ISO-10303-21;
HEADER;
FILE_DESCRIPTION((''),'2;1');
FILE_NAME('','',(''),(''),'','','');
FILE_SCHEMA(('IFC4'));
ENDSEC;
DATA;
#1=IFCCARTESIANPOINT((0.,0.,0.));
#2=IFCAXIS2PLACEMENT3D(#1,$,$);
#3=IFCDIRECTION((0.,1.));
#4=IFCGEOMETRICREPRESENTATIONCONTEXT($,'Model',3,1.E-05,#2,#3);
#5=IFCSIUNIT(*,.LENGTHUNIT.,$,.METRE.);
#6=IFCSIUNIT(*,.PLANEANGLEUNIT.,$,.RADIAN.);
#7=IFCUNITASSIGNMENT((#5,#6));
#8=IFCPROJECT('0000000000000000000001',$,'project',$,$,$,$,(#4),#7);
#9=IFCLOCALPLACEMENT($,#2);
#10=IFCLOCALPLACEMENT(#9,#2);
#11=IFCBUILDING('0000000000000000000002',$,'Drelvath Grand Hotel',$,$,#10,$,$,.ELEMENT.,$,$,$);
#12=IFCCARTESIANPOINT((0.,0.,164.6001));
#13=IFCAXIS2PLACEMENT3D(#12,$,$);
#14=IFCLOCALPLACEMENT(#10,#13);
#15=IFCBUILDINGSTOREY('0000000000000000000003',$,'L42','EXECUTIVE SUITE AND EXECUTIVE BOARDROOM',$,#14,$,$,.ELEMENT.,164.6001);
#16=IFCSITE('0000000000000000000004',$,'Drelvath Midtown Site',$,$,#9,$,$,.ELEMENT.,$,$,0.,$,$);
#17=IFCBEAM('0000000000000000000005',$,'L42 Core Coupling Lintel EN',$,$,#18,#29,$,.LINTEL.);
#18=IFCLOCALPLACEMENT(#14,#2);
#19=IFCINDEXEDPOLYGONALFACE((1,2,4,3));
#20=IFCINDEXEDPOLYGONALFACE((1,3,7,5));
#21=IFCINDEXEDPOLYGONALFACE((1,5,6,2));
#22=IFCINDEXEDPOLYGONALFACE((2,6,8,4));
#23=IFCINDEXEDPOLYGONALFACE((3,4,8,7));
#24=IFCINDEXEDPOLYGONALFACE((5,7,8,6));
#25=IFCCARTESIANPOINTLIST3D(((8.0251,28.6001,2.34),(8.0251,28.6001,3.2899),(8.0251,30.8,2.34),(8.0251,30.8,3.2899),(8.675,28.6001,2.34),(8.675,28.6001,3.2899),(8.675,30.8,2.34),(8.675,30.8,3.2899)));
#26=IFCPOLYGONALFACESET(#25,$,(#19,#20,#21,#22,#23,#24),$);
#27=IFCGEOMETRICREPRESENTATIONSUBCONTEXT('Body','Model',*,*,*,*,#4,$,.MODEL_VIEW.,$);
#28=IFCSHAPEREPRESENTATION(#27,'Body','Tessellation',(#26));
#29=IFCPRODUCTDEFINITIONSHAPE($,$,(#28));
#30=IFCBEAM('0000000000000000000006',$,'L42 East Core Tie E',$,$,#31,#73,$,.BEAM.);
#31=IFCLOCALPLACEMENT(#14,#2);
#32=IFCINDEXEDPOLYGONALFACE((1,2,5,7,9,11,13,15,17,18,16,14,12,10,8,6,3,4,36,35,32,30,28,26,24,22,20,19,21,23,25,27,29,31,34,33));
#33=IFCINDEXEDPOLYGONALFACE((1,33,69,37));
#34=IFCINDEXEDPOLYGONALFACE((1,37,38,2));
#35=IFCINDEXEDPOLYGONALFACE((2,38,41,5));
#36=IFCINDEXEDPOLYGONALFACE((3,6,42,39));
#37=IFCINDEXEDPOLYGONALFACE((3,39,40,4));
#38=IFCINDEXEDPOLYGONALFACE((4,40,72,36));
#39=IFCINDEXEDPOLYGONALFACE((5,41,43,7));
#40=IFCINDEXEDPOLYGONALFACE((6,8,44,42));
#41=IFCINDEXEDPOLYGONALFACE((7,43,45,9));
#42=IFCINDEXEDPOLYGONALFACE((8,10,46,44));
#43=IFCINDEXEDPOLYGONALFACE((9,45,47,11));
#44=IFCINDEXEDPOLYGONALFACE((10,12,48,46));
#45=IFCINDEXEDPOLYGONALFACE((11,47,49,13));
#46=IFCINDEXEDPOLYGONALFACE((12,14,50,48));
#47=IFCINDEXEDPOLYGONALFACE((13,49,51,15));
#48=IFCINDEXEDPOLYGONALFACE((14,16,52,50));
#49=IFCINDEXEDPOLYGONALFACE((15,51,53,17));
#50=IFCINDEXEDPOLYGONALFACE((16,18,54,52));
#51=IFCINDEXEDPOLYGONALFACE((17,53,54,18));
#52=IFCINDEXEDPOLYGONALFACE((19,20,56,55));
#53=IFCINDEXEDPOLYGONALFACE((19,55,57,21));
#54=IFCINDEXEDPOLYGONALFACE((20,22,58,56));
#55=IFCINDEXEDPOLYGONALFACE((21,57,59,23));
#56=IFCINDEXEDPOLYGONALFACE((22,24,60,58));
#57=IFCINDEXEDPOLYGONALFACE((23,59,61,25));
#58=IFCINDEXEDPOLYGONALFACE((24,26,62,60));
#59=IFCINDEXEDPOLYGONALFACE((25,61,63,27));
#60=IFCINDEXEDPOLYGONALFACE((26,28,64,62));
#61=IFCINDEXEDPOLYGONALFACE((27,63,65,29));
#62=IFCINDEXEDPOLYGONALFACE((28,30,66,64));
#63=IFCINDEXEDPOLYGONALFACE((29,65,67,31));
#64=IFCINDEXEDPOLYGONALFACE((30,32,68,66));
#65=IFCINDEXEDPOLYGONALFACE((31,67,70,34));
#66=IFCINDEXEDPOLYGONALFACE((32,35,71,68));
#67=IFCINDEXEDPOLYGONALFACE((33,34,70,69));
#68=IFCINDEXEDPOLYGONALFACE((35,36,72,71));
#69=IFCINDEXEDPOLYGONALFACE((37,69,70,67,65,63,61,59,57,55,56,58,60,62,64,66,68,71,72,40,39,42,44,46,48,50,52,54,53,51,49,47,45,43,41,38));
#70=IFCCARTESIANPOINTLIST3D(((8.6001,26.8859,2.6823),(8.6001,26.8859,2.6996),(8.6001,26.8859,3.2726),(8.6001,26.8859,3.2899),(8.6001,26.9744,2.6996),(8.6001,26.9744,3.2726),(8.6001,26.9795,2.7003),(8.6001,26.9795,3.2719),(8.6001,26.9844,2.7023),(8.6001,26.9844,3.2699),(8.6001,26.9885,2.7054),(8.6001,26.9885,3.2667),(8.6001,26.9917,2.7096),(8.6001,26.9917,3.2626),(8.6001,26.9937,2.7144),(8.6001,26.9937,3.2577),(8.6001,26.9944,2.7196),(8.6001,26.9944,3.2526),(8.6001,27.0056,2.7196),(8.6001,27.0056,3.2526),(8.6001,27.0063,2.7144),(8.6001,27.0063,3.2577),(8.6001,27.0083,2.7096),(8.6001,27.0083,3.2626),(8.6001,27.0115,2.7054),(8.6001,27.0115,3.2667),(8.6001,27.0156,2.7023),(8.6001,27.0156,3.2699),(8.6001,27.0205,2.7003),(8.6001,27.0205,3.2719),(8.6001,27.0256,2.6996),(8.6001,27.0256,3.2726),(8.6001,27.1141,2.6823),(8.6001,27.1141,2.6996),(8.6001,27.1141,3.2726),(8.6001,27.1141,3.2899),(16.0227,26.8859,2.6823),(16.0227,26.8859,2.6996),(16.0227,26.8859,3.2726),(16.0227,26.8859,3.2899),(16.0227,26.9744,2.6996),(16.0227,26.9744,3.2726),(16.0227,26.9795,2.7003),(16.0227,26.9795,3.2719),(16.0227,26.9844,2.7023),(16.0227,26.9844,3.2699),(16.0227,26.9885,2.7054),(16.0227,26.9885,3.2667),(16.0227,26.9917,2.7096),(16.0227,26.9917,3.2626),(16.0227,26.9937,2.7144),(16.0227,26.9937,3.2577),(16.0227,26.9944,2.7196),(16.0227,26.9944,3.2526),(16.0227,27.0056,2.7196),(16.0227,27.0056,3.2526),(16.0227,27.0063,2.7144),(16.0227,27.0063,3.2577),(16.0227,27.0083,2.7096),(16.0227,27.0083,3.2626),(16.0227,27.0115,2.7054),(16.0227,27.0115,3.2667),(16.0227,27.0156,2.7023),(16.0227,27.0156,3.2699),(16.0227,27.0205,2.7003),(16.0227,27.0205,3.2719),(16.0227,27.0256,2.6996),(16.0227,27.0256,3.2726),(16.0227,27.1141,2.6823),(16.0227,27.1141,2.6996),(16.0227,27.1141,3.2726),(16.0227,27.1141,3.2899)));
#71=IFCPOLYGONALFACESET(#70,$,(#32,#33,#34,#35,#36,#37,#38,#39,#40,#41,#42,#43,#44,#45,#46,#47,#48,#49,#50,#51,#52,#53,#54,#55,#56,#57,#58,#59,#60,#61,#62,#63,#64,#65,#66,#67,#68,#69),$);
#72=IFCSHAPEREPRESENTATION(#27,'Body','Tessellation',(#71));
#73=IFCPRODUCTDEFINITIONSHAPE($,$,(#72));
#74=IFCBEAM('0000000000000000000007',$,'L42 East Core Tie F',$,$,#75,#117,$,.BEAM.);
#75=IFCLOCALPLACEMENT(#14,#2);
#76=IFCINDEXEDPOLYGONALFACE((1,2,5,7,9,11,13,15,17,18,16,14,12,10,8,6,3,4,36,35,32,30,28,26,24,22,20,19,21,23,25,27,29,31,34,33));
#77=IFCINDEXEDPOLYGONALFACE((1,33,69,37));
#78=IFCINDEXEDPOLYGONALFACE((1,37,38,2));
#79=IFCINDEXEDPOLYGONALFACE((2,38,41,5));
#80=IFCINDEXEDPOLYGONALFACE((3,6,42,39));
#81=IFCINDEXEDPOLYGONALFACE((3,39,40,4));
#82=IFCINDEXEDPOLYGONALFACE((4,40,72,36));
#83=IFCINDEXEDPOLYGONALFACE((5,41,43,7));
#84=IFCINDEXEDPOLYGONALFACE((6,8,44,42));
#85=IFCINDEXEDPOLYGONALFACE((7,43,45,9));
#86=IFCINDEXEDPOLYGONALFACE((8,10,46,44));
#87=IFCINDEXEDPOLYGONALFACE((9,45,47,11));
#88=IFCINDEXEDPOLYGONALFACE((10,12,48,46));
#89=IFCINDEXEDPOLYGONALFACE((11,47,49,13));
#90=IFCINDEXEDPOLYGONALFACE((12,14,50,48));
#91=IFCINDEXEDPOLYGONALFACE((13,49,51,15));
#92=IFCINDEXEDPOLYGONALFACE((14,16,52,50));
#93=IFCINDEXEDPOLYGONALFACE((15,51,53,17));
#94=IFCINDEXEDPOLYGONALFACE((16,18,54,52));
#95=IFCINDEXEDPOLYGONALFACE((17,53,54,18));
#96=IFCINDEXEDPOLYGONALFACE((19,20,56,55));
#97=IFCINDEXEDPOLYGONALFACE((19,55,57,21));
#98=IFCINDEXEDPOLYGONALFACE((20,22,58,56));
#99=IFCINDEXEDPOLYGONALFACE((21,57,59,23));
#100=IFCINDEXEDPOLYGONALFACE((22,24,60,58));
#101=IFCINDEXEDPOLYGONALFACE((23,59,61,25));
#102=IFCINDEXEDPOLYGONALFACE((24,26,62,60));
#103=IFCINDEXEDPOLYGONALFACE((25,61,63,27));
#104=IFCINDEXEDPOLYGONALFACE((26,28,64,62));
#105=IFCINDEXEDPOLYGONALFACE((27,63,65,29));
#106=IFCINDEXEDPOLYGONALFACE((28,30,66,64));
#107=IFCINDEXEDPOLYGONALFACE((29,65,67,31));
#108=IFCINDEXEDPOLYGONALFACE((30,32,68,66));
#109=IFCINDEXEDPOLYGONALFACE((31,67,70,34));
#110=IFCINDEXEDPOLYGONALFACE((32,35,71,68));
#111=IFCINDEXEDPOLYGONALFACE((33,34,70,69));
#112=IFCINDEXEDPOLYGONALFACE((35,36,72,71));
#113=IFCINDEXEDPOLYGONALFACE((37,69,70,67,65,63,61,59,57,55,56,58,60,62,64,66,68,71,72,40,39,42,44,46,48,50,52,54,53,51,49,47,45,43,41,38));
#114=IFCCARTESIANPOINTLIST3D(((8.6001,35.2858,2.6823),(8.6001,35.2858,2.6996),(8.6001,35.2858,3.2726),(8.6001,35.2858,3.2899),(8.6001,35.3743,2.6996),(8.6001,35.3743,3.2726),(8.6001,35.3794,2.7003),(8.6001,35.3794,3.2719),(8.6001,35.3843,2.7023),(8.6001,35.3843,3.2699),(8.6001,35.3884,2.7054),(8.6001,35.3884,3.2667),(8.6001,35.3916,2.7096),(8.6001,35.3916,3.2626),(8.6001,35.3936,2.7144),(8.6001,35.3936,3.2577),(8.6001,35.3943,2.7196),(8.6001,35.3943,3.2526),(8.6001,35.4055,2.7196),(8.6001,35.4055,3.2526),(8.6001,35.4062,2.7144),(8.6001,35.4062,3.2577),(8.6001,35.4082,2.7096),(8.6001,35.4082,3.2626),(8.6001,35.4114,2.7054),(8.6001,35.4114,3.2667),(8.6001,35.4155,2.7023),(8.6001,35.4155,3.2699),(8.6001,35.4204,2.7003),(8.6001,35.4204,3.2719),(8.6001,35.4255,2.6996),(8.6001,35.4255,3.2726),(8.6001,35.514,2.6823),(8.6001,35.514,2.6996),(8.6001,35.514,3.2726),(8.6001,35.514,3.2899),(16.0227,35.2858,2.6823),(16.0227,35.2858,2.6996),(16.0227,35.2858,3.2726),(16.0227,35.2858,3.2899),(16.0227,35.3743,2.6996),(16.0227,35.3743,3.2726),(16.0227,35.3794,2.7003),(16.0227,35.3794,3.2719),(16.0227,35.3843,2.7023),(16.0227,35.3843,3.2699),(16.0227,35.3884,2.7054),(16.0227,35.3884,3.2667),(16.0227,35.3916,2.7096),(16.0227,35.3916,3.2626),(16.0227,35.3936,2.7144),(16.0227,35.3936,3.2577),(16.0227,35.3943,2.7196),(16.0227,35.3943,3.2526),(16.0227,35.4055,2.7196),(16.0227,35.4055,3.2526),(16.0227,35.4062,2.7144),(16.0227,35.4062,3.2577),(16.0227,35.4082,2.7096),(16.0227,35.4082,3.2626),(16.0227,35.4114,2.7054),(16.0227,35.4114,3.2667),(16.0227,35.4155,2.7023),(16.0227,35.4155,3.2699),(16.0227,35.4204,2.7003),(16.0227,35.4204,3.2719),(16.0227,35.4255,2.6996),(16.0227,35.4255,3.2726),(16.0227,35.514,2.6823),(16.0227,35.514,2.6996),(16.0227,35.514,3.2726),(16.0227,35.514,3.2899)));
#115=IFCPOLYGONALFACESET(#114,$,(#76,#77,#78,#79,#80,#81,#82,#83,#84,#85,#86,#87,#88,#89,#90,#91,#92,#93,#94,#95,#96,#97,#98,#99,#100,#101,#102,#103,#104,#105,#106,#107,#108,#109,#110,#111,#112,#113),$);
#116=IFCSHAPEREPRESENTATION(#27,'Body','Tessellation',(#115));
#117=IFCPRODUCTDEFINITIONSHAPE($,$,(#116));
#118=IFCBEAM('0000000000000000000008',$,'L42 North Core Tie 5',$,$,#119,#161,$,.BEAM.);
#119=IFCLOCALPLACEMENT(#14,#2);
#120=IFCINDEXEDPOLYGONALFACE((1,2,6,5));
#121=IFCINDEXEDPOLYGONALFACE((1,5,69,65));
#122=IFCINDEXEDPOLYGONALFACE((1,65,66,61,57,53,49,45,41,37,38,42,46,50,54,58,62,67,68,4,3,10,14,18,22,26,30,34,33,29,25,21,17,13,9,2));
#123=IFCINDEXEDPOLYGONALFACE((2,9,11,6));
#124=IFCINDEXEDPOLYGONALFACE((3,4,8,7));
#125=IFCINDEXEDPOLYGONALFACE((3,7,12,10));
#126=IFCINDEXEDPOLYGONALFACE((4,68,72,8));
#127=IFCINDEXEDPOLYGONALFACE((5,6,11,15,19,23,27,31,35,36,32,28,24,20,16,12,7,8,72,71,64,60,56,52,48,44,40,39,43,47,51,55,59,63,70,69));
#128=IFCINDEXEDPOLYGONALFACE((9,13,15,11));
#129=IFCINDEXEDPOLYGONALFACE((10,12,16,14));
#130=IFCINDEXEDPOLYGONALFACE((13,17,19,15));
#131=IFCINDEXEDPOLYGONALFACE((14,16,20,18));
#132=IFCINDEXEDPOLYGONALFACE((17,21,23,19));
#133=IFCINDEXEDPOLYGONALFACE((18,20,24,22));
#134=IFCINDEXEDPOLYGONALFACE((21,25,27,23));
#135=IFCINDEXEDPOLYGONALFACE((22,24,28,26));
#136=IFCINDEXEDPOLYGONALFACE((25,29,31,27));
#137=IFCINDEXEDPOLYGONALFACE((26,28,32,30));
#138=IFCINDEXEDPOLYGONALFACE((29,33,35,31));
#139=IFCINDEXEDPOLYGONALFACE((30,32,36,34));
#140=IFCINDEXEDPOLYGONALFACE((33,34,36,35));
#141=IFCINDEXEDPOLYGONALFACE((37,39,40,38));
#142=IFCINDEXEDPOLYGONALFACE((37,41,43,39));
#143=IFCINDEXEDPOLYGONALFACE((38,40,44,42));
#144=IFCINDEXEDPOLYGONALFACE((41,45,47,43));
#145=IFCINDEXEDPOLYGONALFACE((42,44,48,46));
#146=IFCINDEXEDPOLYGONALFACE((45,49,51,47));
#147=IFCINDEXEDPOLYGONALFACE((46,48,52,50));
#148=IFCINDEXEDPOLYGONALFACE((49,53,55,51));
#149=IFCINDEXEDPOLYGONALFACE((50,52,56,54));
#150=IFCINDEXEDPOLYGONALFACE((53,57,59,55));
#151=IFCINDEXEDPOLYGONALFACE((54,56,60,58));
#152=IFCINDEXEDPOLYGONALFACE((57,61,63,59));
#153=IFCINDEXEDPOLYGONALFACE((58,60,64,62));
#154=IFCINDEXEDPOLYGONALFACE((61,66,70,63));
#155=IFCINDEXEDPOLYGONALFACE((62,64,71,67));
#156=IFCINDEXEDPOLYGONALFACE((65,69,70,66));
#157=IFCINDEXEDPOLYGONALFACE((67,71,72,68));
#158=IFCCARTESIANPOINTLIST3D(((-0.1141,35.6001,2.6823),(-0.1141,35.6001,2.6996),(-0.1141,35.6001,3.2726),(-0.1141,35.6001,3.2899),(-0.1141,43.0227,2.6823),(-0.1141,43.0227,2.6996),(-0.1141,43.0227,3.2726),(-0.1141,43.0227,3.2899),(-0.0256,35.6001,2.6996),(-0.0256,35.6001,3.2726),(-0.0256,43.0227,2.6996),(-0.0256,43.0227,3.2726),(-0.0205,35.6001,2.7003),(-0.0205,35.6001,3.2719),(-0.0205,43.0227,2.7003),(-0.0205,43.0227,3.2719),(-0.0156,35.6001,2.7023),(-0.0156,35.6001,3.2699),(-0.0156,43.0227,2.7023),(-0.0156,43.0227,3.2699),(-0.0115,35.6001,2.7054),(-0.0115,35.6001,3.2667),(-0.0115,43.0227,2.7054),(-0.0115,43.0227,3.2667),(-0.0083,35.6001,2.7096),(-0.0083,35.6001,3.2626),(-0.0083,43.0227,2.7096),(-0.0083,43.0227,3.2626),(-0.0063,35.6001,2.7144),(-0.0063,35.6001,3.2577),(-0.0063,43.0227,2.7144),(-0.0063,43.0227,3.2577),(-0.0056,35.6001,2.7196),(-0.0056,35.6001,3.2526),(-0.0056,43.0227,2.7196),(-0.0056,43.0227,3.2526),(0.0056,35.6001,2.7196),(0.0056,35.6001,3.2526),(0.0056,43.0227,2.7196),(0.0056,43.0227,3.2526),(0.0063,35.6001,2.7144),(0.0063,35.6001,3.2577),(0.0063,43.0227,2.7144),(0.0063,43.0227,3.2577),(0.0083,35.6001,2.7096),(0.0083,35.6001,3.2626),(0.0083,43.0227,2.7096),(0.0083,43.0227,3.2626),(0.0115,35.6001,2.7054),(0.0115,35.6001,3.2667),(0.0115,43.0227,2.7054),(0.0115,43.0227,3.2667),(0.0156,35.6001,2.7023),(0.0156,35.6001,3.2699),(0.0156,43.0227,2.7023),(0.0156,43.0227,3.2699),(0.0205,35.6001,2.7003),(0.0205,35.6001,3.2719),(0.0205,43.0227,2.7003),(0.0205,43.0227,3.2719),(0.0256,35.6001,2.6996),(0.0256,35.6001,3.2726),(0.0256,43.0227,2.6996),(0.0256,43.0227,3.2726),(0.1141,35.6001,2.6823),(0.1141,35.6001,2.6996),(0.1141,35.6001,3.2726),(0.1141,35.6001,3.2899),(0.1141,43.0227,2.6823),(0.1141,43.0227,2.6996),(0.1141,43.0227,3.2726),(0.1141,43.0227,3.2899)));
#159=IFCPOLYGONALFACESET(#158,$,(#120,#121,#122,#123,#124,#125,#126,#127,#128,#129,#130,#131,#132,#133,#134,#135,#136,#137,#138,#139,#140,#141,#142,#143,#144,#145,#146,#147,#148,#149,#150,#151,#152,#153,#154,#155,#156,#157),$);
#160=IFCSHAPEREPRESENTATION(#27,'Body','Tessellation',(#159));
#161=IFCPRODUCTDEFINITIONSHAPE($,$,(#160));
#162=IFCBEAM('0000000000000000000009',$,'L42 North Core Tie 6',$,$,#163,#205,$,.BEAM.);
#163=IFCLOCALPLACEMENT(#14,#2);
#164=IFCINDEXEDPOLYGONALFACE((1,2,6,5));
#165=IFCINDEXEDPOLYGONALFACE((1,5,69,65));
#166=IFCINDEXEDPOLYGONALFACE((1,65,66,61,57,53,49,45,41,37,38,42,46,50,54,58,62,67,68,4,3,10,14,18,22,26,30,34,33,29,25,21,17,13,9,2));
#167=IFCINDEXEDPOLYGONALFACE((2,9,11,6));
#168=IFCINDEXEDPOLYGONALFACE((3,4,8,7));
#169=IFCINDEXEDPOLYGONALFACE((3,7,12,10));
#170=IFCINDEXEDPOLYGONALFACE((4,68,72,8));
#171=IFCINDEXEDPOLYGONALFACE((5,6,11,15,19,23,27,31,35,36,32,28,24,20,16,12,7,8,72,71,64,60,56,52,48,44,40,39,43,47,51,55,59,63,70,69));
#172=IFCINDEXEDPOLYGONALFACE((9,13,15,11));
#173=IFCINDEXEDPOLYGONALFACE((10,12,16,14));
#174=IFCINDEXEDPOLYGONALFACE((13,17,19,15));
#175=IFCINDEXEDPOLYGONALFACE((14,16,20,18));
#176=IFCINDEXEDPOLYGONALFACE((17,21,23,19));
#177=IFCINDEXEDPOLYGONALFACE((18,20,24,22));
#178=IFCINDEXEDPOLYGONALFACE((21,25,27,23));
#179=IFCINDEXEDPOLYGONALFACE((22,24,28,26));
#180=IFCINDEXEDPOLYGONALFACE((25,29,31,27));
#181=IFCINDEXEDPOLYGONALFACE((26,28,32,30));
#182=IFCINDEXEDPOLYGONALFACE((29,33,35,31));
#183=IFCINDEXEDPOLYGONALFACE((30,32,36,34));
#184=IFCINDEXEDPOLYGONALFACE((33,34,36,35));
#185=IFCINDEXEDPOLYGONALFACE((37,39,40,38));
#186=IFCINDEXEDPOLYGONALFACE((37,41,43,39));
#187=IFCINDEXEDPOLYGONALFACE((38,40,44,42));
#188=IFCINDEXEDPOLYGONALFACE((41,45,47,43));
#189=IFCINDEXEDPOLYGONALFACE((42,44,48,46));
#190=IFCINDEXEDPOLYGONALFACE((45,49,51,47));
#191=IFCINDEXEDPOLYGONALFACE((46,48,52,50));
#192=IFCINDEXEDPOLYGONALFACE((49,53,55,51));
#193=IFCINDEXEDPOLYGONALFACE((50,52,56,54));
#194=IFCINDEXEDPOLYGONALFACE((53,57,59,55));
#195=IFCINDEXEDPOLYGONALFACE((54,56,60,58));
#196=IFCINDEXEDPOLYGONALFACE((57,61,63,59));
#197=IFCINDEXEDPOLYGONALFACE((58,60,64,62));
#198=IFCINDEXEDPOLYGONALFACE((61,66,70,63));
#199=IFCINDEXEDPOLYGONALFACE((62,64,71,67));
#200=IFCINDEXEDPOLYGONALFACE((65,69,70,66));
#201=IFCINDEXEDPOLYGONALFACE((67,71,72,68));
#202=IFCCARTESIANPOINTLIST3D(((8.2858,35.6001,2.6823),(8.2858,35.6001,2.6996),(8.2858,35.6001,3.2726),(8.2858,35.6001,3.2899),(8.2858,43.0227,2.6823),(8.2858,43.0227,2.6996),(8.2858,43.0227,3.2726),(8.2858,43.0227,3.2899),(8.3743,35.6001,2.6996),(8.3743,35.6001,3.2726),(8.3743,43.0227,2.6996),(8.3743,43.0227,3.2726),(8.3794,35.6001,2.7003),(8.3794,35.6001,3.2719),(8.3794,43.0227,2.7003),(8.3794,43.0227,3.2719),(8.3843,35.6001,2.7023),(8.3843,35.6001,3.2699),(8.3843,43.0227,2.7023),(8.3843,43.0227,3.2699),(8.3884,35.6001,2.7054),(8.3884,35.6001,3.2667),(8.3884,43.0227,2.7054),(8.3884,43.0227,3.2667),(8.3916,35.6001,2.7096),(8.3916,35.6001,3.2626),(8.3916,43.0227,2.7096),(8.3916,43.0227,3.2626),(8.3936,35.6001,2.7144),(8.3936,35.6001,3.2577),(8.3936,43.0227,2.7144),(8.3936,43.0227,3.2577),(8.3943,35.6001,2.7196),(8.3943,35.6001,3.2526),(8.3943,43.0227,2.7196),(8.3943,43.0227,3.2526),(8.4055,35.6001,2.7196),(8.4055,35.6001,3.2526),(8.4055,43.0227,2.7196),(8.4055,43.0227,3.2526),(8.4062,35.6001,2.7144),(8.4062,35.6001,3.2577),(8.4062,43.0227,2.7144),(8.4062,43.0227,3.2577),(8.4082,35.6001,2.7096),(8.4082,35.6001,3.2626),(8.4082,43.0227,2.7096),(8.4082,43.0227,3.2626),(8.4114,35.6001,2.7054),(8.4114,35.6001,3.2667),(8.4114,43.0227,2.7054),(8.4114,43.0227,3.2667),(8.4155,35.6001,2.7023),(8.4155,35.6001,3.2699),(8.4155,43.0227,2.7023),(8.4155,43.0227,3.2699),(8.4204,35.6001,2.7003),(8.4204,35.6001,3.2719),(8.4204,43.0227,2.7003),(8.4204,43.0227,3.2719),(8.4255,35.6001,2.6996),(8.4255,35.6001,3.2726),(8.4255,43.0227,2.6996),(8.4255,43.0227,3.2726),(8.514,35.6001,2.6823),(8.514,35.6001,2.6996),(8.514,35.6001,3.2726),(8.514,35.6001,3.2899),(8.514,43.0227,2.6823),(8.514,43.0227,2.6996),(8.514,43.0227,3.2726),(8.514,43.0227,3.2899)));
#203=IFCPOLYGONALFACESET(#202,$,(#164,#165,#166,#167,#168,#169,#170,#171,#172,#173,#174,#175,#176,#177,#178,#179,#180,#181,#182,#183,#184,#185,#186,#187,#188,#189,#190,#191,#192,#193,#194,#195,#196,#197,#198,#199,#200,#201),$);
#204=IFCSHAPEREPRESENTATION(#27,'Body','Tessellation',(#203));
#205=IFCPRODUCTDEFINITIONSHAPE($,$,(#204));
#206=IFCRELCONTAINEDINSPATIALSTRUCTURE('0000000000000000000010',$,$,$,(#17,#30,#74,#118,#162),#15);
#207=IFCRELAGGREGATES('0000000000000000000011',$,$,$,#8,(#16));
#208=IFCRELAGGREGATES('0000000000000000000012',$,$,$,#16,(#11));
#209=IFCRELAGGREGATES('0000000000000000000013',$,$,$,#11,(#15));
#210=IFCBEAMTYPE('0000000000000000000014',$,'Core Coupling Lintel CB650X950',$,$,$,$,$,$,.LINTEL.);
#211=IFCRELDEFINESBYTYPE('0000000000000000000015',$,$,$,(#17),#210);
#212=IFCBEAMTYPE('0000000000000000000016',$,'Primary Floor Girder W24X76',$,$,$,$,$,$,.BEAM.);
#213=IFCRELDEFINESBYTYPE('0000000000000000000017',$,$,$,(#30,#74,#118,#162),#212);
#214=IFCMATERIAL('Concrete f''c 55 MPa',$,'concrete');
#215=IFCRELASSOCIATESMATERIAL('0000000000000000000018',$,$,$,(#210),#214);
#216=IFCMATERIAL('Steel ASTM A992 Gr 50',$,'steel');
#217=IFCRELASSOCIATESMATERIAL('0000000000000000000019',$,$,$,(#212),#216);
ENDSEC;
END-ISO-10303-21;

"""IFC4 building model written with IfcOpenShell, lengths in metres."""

from ifc_helpers import new_model, si_unit, direction, frame, origin, origin_2d, place, context, subcontext, project, spatial, rectangle, i_section, extrude, material, material_profile, profile_set, type_object, element, save


model = new_model("IFC4")

# Units and contexts
model_context = context("Model", 3, precision=1e-05, world=origin(), true_north=direction((0.0, 1.0)))
body_context = subcontext(model_context, "Body", "Model", "MODEL_VIEW")
ifc_project = project(units=[si_unit("LENGTHUNIT", "METRE"), si_unit("PLANEANGLEUNIT", "RADIAN")], contexts=[model_context])

# Site, building, storey
site_placement = place(None, origin())
site = spatial("IfcSite", under=ifc_project, at=site_placement, Name="Drelvath Midtown Site", CompositionType="ELEMENT", RefElevation=0.0)
building_placement = place(site_placement, origin())
building = spatial("IfcBuilding", under=site, at=building_placement, Name="Drelvath Grand Hotel", CompositionType="ELEMENT")
storey_placement = place(building_placement, frame((0.0, 0.0, 164.6001)))
storey = spatial("IfcBuildingStorey", under=building, at=storey_placement, Name="L42", Description="EXECUTIVE SUITE AND EXECUTIVE BOARDROOM", CompositionType="ELEMENT", Elevation=164.6001)

# Beams
ifc_material_1 = material(Name="Concrete f'c 55 MPa", Category="concrete")
ifc_material_profile_1 = material_profile(ifc_material_1, rectangle(XDim=0.6499, YDim=0.95, at=origin_2d()), Name="CB650X950")
ifc_profile_set_1 = profile_set([ifc_material_profile_1], Name="Concrete f'c 55 MPa")
beam_type_1 = type_object("IfcBeamType", Name="Core Coupling Lintel CB650X950", PredefinedType="LINTEL", material=ifc_profile_set_1)
beam_placement = place(storey_placement, frame((8.3501, 28.6001, 2.8149), z_axis=(0.0, 1.0, 0.0), x_axis=(-1.0, 0.0, 0.0)))
element("IfcBeam", 1, at=beam_placement, inside=storey, type_object=beam_type_1, Name="L42 Core Coupling Lintel EN", PredefinedType="LINTEL", context=body_context, shape_type="SweptSolid", body=[
    extrude(rectangle(XDim=0.6499, YDim=0.95, at=origin_2d()), origin(), (0.0, 0.0, 1.0), 2.2),
])
ifc_material_2 = material(Name="Steel ASTM A992 Gr 50", Category="steel")
ifc_material_profile_2 = material_profile(ifc_material_2, i_section(OverallWidth=0.2283, OverallDepth=0.6077, WebThickness=0.0112, FlangeThickness=0.0173, FilletRadius=0.02, at=origin_2d()), Name="W24X76")
ifc_profile_set_2 = profile_set([ifc_material_profile_2], Name="Steel ASTM A992 Gr 50")
beam_type_2 = type_object("IfcBeamType", Name="Primary Floor Girder W24X76", PredefinedType="BEAM", material=ifc_profile_set_2)
for number, where, z_axis, x_axis, name in (
    (2, (8.6001, 27.0, 2.9861), (1.0, 0.0, 0.0), (0.0, 1.0, 0.0), "L42 East Core Tie E"),
    (3, (8.6001, 35.3999, 2.9861), (1.0, 0.0, 0.0), (0.0, 1.0, 0.0), "L42 East Core Tie F"),
    (4, (0.0, 35.6001, 2.9861), (0.0, 1.0, 0.0), (-1.0, 0.0, 0.0), "L42 North Core Tie 5"),
    (5, (8.3999, 35.6001, 2.9861), (0.0, 1.0, 0.0), (-1.0, 0.0, 0.0), "L42 North Core Tie 6"),
):
    element("IfcBeam", number, at=place(storey_placement, frame(where, z_axis=z_axis, x_axis=x_axis)), inside=storey, type_object=beam_type_2, Name=name, PredefinedType="BEAM", context=body_context, shape_type="SweptSolid", body=[
        extrude(i_section(OverallWidth=0.2283, OverallDepth=0.6077, WebThickness=0.0112, FlangeThickness=0.0173, FilletRadius=0.02, at=origin_2d()), origin(), (0.0, 0.0, 1.0), 7.4226),
    ])

save(model, "model.ifc")
